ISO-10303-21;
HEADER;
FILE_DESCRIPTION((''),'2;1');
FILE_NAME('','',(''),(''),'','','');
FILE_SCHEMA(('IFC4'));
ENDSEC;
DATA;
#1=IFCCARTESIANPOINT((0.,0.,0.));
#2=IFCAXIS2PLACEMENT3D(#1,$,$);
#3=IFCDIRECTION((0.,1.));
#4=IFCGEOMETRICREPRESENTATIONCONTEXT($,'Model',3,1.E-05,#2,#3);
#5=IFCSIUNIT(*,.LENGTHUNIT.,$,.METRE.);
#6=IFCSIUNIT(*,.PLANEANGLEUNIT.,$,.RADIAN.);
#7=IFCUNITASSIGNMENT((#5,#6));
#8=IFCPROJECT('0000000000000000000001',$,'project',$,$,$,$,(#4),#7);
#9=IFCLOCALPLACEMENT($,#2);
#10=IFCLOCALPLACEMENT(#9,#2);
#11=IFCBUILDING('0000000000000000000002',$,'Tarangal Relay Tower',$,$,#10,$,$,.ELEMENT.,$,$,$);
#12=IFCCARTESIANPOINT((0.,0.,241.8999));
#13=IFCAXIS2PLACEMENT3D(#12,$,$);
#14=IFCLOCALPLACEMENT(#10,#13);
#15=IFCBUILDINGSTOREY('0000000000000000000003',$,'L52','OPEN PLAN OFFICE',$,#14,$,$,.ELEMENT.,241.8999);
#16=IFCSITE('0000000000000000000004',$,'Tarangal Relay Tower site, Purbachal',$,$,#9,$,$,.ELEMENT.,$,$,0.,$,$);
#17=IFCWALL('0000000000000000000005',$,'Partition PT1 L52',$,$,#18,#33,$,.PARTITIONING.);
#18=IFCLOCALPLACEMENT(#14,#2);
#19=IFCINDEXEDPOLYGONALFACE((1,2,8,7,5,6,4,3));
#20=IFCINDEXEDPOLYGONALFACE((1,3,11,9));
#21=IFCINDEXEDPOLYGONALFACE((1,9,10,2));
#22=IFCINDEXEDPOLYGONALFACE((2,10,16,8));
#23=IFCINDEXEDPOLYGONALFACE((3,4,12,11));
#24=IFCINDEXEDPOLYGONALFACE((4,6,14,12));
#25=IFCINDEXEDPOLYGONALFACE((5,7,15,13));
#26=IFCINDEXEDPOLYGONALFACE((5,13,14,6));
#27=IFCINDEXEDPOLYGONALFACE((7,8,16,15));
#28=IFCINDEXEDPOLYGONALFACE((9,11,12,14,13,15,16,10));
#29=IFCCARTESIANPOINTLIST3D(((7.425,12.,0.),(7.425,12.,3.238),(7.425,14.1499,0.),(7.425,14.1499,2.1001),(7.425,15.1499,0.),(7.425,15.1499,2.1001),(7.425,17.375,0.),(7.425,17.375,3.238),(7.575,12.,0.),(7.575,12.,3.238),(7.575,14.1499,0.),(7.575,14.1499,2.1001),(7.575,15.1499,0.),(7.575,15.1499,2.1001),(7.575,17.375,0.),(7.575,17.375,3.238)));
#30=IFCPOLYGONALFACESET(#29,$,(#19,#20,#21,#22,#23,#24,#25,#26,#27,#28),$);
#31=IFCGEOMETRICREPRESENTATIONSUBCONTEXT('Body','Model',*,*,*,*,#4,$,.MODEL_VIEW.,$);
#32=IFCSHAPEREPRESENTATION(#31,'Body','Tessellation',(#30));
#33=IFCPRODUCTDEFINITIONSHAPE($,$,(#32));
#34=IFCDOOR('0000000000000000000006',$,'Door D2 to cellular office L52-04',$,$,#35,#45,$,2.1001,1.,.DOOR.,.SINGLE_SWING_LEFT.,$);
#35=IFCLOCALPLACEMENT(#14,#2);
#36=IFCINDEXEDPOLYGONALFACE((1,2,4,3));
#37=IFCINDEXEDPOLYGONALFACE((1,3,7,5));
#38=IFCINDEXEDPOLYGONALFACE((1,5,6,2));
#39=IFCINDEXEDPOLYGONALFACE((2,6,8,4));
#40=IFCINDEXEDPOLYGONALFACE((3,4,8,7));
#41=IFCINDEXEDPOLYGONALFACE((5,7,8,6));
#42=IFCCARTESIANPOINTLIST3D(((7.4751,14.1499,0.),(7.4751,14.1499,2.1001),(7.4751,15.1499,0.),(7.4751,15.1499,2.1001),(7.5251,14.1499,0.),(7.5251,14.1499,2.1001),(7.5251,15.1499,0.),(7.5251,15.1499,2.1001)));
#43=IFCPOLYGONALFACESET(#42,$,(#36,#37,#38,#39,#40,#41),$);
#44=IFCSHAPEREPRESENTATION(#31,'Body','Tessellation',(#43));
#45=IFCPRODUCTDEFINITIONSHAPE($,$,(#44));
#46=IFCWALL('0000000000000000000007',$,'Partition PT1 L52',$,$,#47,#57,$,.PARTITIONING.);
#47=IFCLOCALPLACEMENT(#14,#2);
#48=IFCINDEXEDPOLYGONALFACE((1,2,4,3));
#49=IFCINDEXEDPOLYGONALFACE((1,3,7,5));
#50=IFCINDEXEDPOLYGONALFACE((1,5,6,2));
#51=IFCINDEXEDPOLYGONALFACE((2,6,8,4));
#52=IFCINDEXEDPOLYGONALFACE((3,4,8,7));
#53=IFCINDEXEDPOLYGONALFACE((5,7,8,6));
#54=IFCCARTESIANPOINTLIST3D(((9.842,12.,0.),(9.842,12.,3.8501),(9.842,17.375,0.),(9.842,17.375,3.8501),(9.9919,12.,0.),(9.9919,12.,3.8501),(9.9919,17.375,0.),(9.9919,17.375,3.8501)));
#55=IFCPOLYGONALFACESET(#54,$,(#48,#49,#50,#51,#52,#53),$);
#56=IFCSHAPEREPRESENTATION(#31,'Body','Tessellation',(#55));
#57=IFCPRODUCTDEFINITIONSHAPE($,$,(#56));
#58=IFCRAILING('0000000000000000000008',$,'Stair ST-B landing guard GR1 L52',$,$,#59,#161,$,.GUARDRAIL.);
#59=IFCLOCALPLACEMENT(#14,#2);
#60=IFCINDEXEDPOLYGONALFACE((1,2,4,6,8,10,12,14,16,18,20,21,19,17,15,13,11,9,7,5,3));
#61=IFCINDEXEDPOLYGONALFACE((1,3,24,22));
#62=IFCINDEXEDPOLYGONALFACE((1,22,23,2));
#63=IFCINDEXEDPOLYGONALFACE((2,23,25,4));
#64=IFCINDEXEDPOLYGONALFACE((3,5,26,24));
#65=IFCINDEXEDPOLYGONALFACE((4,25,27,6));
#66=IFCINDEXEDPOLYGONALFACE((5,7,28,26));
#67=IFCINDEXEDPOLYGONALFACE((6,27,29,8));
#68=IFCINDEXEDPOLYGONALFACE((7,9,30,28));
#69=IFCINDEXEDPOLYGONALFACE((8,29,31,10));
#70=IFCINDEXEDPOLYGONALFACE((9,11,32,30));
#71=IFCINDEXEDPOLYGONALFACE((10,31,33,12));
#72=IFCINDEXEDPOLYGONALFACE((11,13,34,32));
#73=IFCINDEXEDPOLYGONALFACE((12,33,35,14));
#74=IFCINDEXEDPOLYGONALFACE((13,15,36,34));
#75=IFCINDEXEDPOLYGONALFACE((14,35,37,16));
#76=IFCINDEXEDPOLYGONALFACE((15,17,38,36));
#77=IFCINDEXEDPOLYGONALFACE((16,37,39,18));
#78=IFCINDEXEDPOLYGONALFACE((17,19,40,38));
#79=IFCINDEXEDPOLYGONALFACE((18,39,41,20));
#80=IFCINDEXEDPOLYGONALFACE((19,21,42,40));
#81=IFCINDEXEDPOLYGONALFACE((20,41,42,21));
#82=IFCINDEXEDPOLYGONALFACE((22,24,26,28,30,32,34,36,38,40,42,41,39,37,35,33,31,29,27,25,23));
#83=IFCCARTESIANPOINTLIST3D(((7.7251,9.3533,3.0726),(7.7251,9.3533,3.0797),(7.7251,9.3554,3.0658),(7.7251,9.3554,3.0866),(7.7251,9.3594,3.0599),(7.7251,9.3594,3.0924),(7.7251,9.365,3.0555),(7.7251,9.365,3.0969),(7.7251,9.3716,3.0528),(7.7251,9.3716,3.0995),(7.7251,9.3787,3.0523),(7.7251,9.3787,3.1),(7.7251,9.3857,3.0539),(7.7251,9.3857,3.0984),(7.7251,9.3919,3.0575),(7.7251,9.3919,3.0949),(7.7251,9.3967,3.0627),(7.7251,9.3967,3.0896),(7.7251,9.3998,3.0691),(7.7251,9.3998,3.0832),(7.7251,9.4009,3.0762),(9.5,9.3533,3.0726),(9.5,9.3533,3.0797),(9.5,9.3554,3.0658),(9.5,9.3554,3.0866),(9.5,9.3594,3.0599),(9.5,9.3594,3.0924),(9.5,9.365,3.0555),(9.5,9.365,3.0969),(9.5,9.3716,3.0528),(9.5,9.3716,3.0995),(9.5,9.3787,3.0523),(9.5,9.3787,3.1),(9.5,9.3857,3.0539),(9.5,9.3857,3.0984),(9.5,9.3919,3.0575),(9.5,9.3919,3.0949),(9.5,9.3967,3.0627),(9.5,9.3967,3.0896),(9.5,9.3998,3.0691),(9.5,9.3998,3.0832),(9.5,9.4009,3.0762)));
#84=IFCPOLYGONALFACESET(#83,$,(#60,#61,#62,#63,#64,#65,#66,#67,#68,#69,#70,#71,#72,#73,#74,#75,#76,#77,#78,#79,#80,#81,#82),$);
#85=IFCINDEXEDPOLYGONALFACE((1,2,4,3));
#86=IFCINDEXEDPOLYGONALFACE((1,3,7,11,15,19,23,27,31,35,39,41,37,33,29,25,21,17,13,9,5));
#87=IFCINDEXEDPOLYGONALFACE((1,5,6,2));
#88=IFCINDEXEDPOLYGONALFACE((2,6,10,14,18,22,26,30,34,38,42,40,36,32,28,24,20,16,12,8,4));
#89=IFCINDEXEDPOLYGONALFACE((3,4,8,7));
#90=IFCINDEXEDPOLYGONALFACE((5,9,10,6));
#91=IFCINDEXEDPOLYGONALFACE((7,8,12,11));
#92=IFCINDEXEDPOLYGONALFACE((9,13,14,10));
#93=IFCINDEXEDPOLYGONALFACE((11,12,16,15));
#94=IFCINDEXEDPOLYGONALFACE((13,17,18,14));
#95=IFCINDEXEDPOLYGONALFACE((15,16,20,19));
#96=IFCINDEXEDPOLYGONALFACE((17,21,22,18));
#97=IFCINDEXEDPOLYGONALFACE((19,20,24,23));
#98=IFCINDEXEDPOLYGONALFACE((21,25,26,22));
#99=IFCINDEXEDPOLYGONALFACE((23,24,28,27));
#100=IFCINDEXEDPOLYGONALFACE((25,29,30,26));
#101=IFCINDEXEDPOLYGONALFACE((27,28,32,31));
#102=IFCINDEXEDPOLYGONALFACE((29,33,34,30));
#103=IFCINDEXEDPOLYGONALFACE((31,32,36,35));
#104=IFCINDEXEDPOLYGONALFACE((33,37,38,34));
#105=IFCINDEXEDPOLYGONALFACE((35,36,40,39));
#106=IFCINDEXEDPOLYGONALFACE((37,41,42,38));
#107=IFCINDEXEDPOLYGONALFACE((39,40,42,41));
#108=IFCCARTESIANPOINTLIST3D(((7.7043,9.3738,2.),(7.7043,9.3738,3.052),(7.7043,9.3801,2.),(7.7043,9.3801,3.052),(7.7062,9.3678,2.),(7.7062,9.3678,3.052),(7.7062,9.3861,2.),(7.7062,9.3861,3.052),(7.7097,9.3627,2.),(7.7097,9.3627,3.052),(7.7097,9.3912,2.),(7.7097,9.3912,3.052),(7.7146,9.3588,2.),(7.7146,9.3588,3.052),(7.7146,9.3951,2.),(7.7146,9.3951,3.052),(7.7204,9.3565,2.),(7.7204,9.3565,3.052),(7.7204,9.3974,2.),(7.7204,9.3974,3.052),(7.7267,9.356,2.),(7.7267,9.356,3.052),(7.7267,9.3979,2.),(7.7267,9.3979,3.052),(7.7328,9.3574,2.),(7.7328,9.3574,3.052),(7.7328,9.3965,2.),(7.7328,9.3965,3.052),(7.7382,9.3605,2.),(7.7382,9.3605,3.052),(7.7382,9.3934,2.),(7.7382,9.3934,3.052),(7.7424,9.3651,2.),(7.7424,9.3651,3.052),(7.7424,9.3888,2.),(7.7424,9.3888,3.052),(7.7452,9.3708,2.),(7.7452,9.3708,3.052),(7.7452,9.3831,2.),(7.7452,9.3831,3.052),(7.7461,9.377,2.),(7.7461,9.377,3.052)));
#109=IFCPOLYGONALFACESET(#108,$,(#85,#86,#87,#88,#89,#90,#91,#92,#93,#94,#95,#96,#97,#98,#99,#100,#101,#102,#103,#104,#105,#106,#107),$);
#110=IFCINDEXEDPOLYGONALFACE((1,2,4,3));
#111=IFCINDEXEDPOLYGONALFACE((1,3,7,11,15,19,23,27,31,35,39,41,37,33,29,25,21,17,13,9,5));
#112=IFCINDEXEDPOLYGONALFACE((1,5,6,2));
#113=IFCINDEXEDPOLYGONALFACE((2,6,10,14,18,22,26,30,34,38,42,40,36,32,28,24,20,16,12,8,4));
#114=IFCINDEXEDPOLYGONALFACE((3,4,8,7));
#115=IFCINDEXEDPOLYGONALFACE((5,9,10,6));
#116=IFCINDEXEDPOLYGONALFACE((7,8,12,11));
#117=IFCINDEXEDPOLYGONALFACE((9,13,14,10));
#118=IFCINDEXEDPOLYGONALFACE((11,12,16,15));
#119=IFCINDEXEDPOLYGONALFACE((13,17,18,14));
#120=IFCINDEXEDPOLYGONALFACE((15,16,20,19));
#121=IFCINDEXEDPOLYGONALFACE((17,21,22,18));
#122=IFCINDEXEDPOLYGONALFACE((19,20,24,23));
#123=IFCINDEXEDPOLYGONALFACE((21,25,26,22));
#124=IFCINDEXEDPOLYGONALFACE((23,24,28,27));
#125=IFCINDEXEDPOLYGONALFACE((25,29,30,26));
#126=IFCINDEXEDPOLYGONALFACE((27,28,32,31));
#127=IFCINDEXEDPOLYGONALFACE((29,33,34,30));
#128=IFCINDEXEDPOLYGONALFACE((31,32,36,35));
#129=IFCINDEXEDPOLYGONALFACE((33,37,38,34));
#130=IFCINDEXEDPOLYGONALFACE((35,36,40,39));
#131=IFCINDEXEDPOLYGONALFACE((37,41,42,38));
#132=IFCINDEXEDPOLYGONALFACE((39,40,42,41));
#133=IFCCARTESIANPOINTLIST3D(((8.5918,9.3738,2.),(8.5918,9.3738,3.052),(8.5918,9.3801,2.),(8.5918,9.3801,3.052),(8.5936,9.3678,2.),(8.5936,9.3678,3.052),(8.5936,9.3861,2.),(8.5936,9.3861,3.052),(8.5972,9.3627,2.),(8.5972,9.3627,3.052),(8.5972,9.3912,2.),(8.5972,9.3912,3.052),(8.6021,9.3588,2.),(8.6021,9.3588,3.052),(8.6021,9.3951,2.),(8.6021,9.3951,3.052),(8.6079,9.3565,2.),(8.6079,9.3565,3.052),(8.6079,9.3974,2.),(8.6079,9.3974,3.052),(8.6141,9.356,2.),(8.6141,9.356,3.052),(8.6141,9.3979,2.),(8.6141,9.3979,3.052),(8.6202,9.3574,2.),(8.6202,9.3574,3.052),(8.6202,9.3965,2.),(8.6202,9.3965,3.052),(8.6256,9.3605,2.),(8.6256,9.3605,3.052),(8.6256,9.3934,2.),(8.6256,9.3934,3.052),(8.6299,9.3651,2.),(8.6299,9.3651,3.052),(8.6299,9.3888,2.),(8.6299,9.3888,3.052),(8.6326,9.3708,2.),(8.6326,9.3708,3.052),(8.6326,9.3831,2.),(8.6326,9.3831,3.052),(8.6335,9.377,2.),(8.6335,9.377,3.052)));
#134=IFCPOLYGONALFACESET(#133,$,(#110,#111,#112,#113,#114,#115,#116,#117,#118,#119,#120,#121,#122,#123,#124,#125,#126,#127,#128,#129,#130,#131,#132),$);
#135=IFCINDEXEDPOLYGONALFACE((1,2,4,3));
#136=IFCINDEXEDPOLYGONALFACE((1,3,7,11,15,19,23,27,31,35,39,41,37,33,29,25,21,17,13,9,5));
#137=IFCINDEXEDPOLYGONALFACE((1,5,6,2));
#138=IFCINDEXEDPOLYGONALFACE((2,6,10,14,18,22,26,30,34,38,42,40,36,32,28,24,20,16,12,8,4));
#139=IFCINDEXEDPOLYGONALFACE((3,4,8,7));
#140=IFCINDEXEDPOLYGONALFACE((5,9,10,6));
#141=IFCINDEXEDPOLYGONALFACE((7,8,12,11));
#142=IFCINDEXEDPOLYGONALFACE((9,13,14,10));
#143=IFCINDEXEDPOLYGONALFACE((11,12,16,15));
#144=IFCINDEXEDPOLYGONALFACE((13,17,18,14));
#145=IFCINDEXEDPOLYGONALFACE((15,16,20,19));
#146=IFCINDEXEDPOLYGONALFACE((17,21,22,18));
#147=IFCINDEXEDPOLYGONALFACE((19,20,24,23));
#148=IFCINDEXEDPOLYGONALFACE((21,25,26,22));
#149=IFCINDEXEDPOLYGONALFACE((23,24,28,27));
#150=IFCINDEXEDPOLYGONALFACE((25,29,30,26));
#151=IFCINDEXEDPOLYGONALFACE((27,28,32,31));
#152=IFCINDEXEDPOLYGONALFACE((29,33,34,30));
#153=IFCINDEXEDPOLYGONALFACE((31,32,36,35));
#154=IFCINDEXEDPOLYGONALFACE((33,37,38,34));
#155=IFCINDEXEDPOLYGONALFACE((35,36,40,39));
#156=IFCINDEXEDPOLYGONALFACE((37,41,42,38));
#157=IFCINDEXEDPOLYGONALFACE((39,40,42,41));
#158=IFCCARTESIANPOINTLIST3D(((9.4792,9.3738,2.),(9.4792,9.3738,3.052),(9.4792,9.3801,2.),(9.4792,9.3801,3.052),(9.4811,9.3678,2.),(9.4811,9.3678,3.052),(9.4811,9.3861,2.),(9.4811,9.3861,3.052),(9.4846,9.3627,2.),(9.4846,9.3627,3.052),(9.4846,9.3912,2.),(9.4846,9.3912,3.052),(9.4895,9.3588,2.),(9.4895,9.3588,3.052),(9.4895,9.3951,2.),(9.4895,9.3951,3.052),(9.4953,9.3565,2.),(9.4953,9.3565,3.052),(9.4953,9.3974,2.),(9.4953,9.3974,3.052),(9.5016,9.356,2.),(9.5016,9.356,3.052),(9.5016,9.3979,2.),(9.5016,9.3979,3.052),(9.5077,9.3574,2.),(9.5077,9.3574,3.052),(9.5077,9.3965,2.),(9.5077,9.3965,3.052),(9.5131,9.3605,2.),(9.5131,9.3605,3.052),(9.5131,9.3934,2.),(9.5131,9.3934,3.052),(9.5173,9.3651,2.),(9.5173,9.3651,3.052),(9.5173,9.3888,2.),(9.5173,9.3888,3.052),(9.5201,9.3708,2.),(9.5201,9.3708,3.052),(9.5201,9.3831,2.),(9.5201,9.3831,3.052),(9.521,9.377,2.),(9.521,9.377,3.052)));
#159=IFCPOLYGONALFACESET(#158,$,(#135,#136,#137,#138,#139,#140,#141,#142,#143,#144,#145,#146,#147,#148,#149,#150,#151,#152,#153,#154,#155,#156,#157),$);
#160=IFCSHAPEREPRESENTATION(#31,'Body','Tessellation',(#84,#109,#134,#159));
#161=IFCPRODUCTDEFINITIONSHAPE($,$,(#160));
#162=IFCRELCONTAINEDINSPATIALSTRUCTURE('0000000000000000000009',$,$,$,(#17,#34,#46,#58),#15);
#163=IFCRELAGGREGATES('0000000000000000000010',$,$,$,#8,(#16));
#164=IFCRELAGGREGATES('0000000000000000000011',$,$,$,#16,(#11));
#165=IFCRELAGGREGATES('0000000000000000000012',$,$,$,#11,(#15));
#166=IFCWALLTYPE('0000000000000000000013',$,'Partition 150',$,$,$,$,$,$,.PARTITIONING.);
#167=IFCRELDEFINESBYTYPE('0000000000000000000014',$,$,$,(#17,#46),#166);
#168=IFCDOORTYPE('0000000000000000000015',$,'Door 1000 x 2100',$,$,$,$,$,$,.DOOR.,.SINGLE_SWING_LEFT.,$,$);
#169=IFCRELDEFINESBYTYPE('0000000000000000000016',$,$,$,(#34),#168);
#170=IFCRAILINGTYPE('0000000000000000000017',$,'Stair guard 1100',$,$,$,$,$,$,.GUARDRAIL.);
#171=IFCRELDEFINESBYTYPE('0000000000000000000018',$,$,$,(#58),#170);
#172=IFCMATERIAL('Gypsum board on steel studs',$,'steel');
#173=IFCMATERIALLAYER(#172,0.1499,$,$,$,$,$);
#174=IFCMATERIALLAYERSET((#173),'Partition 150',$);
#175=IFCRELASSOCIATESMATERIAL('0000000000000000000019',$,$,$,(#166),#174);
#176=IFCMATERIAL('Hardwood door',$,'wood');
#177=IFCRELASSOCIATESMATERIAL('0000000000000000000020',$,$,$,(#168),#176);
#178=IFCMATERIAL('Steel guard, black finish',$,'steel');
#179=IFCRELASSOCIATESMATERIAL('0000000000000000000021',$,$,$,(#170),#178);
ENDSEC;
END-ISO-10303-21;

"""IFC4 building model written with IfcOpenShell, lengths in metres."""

from ifc_helpers import new_model, si_unit, direction, frame, frame_2d, origin, origin_2d, place, context, subcontext, project, spatial, rectangle, circle, extrude, material, layer, layer_set, type_object, element, fill, save


model = new_model("IFC4")

# Units and contexts
model_context = context("Model", 3, precision=1e-05, world=origin(), true_north=direction((0.0, 1.0)))
body_context = subcontext(model_context, "Body", "Model", "MODEL_VIEW")
ifc_project = project(units=[si_unit("LENGTHUNIT", "METRE"), si_unit("PLANEANGLEUNIT", "RADIAN")], contexts=[model_context])

# Site, building, storey
site_placement = place(None, origin())
site = spatial("IfcSite", under=ifc_project, at=site_placement, Name="Tarangal Relay Tower site, Purbachal", CompositionType="ELEMENT", RefElevation=0.0)
building_placement = place(site_placement, origin())
building = spatial("IfcBuilding", under=site, at=building_placement, Name="Tarangal Relay Tower", CompositionType="ELEMENT")
storey_placement = place(building_placement, frame((0.0, 0.0, 241.8999)))
storey = spatial("IfcBuildingStorey", under=building, at=storey_placement, Name="L52", Description="OPEN PLAN OFFICE", CompositionType="ELEMENT", Elevation=241.8999)

# Shared definitions
ifc_material_1 = material(Name="Gypsum board on steel studs", Category="steel")
ifc_layer_1 = layer(ifc_material_1, 0.1499)
ifc_layer_set_1 = layer_set([ifc_layer_1], Name="Partition 150")
wall_type_1 = type_object("IfcWallType", Name="Partition 150", PredefinedType="PARTITIONING", material=ifc_layer_set_1)

# Wall, opening, door
wall_1_placement = place(storey_placement, frame((7.5, 12.0, 0.0), z_axis=(0.0, 0.0, 1.0), x_axis=(0.0, 1.0, 0.0)))
wall_1 = element("IfcWall", 1, at=wall_1_placement, inside=storey, type_object=wall_type_1, Name="Partition PT1 L52", PredefinedType="PARTITIONING", context=body_context, shape_type="SweptSolid", body=[
    extrude(rectangle(XDim=5.375, YDim=0.1499, at=frame_2d((2.6875, 0.0))), origin(), (0.0, 0.0, 1.0), 3.238),
])
opening_placement = place(wall_1_placement, frame((2.1499, 0.0, 0.0)))
opening = element("IfcOpeningElement", 2, at=opening_placement, cuts=wall_1, PredefinedType="OPENING", context=body_context, shape_type="SweptSolid", body=[
    extrude(rectangle(XDim=1.0, YDim=2.1001, at=frame_2d((0.5, 1.05))), frame((0.0, 0.085, 0.0), z_axis=(0.0, -1.0, 0.0), x_axis=(1.0, 0.0, 0.0)), (0.0, 0.0, 1.0), 0.1699),
])
ifc_material_2 = material(Name="Hardwood door", Category="wood")
door_type = type_object("IfcDoorType", Name="Door 1000 x 2100", OperationType="SINGLE_SWING_LEFT", PredefinedType="DOOR", material=ifc_material_2)
door_placement = place(opening_placement, origin())
door = element("IfcDoor", 3, at=door_placement, inside=storey, type_object=door_type, Name="Door D2 to cellular office L52-04", OperationType="SINGLE_SWING_LEFT", OverallHeight=2.1001, OverallWidth=1.0, PredefinedType="DOOR", context=body_context, shape_type="SweptSolid", body=[
    extrude(rectangle(XDim=1.0, YDim=2.1001, at=frame_2d((0.5, 1.05))), frame((0.0, 0.0249, 0.0), z_axis=(0.0, -1.0, 0.0), x_axis=(1.0, 0.0, 0.0)), (0.0, 0.0, 1.0), 0.05),
])
fill(opening, door)

# Wall
wall_2_placement = place(storey_placement, frame((9.917, 12.0, 0.0), z_axis=(0.0, 0.0, 1.0), x_axis=(0.0, 1.0, 0.0)))
element("IfcWall", 4, at=wall_2_placement, inside=storey, type_object=wall_type_1, Name="Partition PT1 L52", PredefinedType="PARTITIONING", context=body_context, shape_type="SweptSolid", body=[
    extrude(rectangle(XDim=5.375, YDim=0.1499, at=frame_2d((2.6875, 0.0))), origin(), (0.0, 0.0, 1.0), 3.8501),
])

# Railing
ifc_material_3 = material(Name="Steel guard, black finish", Category="steel")
railing_type = type_object("IfcRailingType", Name="Stair guard 1100", PredefinedType="GUARDRAIL", material=ifc_material_3)
railing_placement = place(storey_placement, frame((7.7251, 9.377, 2.0)))
element("IfcRailing", 5, at=railing_placement, inside=storey, type_object=railing_type, Name="Stair ST-B landing guard GR1 L52", PredefinedType="GUARDRAIL", context=body_context, shape_type="SweptSolid", body=[
    extrude(circle(Radius=0.0239, at=origin_2d()), frame((0.0, 0.0, 1.0762), z_axis=(1.0, 0.0, 0.0), x_axis=(0.0, 1.0, 0.0)), (0.0, 0.0, 1.0), 1.7749),
    extrude(circle(Radius=0.021, at=origin_2d()), origin(), (0.0, 0.0, 1.0), 1.052),
    extrude(circle(Radius=0.021, at=origin_2d()), frame((0.8875, 0.0, 0.0)), (0.0, 0.0, 1.0), 1.052),
    extrude(circle(Radius=0.021, at=origin_2d()), frame((1.7749, 0.0, 0.0)), (0.0, 0.0, 1.0), 1.052),
])

save(model, "model.ifc")
